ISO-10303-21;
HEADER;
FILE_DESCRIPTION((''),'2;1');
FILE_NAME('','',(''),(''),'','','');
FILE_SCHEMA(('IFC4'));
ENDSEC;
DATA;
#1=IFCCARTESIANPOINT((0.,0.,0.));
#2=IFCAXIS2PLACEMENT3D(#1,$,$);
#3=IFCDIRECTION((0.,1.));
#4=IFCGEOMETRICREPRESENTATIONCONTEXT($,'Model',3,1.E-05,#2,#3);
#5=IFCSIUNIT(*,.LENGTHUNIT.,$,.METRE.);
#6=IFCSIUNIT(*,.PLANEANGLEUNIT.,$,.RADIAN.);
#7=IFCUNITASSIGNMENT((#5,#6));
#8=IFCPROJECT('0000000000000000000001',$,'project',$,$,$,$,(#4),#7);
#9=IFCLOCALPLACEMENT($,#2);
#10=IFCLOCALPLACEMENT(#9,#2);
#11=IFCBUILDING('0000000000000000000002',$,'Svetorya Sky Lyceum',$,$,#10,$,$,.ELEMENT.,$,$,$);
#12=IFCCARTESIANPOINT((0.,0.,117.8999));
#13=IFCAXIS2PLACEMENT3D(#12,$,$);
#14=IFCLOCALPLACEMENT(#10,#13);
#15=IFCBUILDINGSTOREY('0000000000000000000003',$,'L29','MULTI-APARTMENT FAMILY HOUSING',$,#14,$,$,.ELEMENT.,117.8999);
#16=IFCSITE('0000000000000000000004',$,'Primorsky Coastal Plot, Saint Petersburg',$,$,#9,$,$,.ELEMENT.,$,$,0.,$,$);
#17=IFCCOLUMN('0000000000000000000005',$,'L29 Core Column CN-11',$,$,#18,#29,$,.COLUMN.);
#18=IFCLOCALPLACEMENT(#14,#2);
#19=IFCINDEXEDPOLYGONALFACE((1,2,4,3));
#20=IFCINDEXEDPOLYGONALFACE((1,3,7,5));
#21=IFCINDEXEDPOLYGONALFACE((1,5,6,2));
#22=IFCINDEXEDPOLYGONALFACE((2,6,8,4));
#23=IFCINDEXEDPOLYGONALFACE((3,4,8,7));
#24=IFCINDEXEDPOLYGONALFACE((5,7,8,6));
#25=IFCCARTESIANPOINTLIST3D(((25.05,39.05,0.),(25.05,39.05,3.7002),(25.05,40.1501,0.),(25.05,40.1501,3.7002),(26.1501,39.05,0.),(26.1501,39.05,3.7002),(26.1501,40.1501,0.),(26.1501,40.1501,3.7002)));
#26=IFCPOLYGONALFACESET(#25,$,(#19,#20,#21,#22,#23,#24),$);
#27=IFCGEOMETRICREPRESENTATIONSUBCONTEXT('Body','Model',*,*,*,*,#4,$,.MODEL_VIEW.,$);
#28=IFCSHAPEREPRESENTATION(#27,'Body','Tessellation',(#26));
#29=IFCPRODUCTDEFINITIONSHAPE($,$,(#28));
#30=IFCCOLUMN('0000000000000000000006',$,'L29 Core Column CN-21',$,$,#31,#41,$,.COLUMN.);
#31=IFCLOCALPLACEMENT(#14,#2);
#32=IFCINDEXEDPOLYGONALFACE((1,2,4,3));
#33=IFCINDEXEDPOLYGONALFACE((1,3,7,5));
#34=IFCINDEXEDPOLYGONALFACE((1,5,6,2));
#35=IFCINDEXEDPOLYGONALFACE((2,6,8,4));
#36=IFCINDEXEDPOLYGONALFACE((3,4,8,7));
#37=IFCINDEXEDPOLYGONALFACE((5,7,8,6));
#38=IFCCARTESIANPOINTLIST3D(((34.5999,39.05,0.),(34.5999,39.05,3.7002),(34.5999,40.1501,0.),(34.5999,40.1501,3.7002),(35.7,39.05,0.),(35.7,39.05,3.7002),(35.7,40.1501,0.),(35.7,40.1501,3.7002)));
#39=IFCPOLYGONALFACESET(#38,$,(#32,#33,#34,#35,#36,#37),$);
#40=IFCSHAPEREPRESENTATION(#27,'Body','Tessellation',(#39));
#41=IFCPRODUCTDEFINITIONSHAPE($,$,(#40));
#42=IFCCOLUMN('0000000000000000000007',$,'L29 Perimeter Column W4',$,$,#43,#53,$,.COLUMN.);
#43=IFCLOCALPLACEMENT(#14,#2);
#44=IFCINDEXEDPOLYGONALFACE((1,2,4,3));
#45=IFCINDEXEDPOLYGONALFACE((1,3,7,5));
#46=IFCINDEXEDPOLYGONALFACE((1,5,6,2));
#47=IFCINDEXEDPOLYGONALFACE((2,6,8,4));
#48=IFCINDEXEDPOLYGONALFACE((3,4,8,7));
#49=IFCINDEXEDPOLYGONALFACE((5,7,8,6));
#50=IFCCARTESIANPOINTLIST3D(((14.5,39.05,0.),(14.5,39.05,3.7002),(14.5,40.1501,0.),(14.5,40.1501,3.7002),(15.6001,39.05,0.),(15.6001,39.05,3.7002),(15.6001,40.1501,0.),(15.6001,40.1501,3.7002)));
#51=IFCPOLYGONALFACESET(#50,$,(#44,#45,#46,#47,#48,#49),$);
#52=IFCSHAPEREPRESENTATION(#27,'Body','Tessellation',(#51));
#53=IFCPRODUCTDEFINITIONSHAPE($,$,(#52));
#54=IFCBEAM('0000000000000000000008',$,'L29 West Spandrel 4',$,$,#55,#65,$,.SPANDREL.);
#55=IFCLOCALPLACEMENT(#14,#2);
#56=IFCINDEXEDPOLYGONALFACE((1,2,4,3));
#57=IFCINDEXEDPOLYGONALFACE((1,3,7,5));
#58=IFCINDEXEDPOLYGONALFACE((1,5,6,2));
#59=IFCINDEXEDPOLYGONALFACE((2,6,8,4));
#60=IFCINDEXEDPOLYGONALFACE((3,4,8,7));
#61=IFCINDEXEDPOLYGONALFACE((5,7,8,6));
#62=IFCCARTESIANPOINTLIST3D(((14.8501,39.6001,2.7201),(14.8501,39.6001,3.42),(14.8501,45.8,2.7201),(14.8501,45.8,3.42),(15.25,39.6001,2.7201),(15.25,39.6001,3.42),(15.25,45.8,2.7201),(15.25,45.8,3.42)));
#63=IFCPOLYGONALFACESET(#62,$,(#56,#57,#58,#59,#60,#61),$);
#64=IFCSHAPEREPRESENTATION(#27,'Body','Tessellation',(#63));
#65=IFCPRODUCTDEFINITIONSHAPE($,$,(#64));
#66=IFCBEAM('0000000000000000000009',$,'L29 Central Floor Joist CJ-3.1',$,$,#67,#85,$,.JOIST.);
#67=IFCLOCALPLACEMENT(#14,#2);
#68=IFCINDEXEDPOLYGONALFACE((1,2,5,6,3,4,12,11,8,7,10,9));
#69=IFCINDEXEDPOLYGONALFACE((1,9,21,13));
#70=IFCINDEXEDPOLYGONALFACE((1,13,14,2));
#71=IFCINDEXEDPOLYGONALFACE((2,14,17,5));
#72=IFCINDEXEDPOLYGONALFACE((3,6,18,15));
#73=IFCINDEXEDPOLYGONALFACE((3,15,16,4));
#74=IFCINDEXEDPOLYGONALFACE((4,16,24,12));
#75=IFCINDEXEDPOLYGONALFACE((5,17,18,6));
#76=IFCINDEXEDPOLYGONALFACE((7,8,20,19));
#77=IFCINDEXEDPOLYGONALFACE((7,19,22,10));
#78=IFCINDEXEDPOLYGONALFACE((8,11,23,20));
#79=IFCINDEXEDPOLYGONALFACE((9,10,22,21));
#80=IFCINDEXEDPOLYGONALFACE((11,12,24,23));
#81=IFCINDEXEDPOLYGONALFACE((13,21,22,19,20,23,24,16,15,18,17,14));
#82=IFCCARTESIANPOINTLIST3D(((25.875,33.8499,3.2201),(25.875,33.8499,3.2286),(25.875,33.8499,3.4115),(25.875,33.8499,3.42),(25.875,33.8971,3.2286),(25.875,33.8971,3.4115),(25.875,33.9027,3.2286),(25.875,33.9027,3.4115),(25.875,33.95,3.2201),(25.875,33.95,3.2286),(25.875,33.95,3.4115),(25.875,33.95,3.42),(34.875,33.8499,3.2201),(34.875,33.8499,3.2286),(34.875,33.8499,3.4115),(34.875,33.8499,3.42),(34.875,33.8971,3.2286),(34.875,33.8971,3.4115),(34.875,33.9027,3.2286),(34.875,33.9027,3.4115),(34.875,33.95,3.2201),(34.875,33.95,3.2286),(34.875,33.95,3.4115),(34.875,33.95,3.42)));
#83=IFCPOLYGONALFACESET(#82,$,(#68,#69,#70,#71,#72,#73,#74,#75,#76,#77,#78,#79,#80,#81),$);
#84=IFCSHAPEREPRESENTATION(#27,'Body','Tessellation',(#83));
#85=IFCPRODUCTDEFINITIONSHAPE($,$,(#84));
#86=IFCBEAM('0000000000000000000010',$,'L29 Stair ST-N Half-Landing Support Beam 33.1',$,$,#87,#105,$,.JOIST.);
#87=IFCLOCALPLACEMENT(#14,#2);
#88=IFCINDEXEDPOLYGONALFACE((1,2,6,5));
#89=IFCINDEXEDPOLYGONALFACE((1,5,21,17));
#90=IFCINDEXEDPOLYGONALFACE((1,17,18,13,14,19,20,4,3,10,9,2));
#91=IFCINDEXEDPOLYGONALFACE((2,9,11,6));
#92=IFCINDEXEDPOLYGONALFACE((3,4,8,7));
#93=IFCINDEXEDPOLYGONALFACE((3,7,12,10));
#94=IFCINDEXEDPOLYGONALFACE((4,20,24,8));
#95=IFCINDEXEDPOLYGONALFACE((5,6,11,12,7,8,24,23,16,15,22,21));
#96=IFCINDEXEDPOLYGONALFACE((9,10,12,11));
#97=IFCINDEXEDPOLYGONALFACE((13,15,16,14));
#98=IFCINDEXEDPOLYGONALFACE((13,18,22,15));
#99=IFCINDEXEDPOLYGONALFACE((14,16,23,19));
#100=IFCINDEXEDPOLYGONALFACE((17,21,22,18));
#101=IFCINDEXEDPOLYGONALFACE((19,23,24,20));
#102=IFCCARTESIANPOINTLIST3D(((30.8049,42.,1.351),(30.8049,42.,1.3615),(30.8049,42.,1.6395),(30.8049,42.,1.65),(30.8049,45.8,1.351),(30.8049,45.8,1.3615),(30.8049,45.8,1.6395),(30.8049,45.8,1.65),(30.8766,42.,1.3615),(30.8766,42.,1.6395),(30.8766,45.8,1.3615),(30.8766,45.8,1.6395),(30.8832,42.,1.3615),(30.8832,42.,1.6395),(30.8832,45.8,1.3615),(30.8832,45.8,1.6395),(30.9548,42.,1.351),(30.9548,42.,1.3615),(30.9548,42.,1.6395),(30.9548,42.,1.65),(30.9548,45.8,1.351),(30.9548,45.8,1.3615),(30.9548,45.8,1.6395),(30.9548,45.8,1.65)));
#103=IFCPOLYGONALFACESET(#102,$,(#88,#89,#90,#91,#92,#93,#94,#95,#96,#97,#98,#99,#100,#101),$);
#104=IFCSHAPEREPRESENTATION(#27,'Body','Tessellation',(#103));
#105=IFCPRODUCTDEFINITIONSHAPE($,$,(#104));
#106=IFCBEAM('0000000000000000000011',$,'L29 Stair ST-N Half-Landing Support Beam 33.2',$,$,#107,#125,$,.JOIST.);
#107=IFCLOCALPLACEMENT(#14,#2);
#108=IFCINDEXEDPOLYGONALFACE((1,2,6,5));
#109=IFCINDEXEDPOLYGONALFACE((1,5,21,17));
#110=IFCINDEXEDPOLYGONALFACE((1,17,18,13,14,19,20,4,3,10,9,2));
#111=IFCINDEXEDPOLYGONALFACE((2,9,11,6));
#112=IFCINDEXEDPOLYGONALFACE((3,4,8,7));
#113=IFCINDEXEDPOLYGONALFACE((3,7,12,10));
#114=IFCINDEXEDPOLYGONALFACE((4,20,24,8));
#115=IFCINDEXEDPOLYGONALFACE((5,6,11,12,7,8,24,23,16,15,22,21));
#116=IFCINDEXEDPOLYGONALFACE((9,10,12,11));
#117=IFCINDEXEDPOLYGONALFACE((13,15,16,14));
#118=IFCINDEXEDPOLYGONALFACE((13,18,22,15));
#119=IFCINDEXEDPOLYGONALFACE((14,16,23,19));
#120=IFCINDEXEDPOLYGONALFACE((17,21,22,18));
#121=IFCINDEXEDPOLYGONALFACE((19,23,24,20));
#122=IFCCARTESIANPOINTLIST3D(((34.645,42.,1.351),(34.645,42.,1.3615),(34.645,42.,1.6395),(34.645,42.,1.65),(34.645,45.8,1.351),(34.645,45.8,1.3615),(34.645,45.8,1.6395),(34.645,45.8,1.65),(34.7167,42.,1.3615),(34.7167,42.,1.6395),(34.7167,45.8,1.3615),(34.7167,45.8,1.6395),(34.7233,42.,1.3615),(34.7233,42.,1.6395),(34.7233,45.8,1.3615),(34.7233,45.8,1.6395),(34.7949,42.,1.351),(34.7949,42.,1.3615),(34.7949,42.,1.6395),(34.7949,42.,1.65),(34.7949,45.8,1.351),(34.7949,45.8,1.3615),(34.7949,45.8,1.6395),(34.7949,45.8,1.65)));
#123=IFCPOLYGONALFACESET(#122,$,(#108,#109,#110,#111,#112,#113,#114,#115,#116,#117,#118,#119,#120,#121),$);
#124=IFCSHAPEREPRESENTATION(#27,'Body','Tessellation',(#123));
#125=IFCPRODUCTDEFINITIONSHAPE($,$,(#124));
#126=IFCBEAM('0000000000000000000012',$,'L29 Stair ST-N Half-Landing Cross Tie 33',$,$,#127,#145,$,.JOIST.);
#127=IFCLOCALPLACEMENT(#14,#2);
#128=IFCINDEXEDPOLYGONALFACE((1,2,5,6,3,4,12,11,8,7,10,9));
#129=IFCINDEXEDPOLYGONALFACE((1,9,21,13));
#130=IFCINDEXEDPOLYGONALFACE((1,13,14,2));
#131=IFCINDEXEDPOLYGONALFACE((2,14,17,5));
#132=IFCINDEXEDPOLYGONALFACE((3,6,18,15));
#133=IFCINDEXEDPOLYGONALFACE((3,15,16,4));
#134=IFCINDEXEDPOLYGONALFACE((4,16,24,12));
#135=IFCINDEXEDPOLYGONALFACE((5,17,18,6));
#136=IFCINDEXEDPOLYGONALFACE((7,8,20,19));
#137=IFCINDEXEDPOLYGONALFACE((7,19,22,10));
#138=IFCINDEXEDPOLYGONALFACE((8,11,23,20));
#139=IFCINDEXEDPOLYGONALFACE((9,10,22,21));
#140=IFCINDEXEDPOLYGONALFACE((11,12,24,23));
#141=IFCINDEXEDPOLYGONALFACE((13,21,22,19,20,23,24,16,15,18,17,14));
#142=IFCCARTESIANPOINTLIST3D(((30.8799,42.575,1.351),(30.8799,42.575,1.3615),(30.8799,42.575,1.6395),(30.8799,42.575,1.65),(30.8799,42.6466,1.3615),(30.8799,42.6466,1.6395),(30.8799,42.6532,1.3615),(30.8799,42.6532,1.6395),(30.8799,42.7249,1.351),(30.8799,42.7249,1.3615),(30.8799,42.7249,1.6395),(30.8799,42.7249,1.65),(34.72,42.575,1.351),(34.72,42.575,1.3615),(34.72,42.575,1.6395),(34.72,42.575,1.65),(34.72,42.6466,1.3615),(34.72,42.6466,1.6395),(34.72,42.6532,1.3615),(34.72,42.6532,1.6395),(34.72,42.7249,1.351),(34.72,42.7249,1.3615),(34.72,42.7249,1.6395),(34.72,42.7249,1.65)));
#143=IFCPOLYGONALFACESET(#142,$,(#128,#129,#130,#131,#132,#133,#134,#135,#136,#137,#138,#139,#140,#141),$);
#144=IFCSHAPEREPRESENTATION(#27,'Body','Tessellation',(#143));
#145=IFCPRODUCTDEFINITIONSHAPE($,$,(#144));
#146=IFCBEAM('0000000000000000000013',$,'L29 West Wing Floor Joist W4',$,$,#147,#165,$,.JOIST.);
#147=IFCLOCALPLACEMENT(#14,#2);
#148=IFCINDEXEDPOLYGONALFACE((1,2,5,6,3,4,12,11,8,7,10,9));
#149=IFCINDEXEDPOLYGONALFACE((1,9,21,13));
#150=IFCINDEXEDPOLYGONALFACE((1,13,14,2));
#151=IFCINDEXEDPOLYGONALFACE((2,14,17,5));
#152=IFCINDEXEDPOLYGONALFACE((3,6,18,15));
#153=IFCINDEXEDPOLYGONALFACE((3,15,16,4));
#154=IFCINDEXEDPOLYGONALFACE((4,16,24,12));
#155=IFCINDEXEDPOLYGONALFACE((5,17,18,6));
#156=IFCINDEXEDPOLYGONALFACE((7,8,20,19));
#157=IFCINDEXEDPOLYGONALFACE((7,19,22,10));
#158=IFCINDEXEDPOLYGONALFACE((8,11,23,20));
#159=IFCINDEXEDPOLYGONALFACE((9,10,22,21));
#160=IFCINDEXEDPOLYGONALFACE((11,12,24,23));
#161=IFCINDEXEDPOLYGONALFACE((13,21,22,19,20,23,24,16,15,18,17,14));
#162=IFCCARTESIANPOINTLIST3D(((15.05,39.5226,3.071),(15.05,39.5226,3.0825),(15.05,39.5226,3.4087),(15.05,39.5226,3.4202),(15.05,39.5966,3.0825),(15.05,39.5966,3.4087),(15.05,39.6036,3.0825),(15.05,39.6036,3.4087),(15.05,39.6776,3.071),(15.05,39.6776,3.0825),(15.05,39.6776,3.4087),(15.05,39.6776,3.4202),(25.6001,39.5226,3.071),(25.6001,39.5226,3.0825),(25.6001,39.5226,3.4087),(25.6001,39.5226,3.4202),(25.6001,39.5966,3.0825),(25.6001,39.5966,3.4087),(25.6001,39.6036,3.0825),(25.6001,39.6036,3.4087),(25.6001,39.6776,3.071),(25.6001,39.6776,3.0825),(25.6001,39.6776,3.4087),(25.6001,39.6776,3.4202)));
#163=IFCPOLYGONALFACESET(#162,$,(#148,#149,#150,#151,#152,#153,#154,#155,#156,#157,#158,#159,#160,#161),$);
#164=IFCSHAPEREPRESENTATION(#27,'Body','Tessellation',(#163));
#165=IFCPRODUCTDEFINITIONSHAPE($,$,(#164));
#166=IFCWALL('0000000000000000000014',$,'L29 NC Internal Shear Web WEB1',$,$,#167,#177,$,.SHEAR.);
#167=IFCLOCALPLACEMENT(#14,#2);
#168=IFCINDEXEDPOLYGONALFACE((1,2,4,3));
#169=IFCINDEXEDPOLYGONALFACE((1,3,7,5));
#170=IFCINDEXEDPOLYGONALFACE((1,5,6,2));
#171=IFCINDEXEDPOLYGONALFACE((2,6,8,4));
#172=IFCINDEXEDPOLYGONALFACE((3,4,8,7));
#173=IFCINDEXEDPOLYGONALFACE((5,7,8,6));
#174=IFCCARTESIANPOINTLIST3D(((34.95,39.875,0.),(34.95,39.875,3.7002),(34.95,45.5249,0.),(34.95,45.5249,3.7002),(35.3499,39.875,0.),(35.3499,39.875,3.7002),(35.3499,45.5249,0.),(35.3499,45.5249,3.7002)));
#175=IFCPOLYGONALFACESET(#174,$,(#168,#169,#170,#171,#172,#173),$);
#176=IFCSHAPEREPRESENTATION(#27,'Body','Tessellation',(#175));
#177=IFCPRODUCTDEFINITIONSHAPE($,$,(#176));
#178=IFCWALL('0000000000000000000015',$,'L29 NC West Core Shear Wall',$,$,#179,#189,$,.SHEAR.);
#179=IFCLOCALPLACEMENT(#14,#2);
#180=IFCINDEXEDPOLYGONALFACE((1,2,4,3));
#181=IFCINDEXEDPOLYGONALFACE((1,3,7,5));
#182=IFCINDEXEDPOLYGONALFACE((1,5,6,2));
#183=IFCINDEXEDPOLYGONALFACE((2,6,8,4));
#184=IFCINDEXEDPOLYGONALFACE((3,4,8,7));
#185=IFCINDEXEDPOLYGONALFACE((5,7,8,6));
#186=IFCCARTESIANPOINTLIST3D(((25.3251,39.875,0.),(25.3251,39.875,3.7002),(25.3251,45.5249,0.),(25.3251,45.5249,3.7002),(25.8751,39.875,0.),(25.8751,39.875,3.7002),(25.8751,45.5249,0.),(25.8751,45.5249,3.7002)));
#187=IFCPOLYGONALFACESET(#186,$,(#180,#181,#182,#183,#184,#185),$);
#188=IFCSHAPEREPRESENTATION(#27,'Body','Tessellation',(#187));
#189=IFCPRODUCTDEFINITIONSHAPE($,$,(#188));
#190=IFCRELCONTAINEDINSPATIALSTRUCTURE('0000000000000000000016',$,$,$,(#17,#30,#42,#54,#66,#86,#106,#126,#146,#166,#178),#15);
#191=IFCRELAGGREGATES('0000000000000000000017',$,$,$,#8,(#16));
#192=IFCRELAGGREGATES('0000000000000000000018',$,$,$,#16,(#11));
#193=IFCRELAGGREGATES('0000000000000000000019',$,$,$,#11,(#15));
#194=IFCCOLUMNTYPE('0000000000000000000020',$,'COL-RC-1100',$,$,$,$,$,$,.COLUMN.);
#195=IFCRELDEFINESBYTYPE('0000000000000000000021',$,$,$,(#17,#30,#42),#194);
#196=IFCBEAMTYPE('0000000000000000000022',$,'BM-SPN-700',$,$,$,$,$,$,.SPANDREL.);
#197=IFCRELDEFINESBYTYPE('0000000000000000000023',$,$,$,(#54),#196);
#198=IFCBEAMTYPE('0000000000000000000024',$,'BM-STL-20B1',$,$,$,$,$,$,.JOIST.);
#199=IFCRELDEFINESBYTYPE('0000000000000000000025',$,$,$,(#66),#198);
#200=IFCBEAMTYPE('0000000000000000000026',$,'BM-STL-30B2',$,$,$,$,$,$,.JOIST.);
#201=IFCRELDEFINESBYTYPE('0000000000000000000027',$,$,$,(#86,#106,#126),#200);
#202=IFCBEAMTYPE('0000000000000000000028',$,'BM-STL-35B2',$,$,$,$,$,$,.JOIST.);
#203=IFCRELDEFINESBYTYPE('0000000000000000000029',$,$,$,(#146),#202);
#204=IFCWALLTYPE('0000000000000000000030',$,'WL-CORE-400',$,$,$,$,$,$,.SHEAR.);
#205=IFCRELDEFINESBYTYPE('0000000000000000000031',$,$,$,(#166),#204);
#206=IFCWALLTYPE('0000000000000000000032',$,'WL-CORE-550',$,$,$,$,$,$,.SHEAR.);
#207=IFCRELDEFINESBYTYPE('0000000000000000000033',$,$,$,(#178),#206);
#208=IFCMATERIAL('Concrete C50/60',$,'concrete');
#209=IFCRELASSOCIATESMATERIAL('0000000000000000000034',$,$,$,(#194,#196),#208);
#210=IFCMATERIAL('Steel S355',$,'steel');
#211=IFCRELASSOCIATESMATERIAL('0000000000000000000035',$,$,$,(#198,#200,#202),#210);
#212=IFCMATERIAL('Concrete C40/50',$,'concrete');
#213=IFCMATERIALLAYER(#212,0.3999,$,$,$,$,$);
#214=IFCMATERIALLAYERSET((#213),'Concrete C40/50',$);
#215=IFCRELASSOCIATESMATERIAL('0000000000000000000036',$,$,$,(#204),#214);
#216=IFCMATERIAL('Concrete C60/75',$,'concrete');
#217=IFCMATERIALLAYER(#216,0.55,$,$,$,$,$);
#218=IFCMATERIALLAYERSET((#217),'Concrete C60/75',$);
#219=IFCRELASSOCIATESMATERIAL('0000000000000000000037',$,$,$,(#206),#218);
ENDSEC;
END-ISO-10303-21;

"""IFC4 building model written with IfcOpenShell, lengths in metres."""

from ifc_helpers import new_model, si_unit, direction, frame, frame_2d, origin, origin_2d, place, context, subcontext, project, spatial, rectangle, i_section, extrude, material, layer, layer_set, material_profile, profile_set, type_object, element, save


model = new_model("IFC4")

# Units and contexts
model_context = context("Model", 3, precision=1e-05, world=origin(), true_north=direction((0.0, 1.0)))
body_context = subcontext(model_context, "Body", "Model", "MODEL_VIEW")
ifc_project = project(units=[si_unit("LENGTHUNIT", "METRE"), si_unit("PLANEANGLEUNIT", "RADIAN")], contexts=[model_context])

# Site, building, storey
site_placement = place(None, origin())
site = spatial("IfcSite", under=ifc_project, at=site_placement, Name="Primorsky Coastal Plot, Saint Petersburg", CompositionType="ELEMENT", RefElevation=0.0)
building_placement = place(site_placement, origin())
building = spatial("IfcBuilding", under=site, at=building_placement, Name="Svetorya Sky Lyceum", CompositionType="ELEMENT")
storey_placement = place(building_placement, frame((0.0, 0.0, 117.8999)))
storey = spatial("IfcBuildingStorey", under=building, at=storey_placement, Name="L29", Description="MULTI-APARTMENT FAMILY HOUSING", CompositionType="ELEMENT", Elevation=117.8999)

# Columns
ifc_material_1 = material(Name="Concrete C50/60", Category="concrete")
ifc_material_profile_1 = material_profile(ifc_material_1, rectangle(XDim=1.1001, YDim=1.1001, at=origin_2d()), Name="RC COL 1100x1100")
ifc_profile_set_1 = profile_set([ifc_material_profile_1], Name="Concrete C50/60")
column_type = type_object("IfcColumnType", Name="COL-RC-1100", PredefinedType="COLUMN", material=ifc_profile_set_1)
for number, where, z_axis, x_axis, name in (
    (1, (25.6001, 39.6001, 0.0), (0.0, 0.0, 1.0), (1.0, 0.0, 0.0), "L29 Core Column CN-11"),
    (2, (35.1499, 39.6001, 0.0), (0.0, 0.0, 1.0), (1.0, 0.0, 0.0), "L29 Core Column CN-21"),
    (3, (15.05, 39.6001, 0.0), (0.0, 0.0, 1.0), (1.0, 0.0, 0.0), "L29 Perimeter Column W4"),
):
    element("IfcColumn", number, at=place(storey_placement, frame(where, z_axis=z_axis, x_axis=x_axis)), inside=storey, type_object=column_type, Name=name, PredefinedType="COLUMN", context=body_context, shape_type="SweptSolid", body=[
        extrude(rectangle(XDim=1.1001, YDim=1.1001, at=origin_2d()), origin(), (0.0, 0.0, 1.0), 3.7002),
    ])

# Beams
ifc_material_profile_2 = material_profile(ifc_material_1, rectangle(XDim=0.3999, YDim=0.7, at=origin_2d()), Name="RC SPANDREL 400x700")
ifc_profile_set_2 = profile_set([ifc_material_profile_2], Name="Concrete C50/60")
beam_type_1 = type_object("IfcBeamType", Name="BM-SPN-700", PredefinedType="SPANDREL", material=ifc_profile_set_2)
beam_1_placement = place(storey_placement, frame((15.05, 39.6001, 3.0701), z_axis=(0.0, 1.0, 0.0), x_axis=(-1.0, 0.0, 0.0)))
element("IfcBeam", 4, at=beam_1_placement, inside=storey, type_object=beam_type_1, Name="L29 West Spandrel 4", PredefinedType="SPANDREL", context=body_context, shape_type="SweptSolid", body=[
    extrude(rectangle(XDim=0.3999, YDim=0.7, at=origin_2d()), origin(), (0.0, 0.0, 1.0), 6.2),
])
ifc_material_2 = material(Name="Steel S355", Category="steel")
ifc_material_profile_3 = material_profile(ifc_material_2, i_section(OverallWidth=0.1001, OverallDepth=0.2, WebThickness=0.0056, FlangeThickness=0.0085, at=origin_2d()), Name="GOST 20B1")
ifc_profile_set_3 = profile_set([ifc_material_profile_3], Name="Steel S355")
beam_type_2 = type_object("IfcBeamType", Name="BM-STL-20B1", PredefinedType="JOIST", material=ifc_profile_set_3)
beam_2_placement = place(storey_placement, frame((25.875, 33.8999, 3.3201), z_axis=(1.0, 0.0, 0.0), x_axis=(0.0, 1.0, 0.0)))
element("IfcBeam", 5, at=beam_2_placement, inside=storey, type_object=beam_type_2, Name="L29 Central Floor Joist CJ-3.1", PredefinedType="JOIST", context=body_context, shape_type="SweptSolid", body=[
    extrude(i_section(OverallWidth=0.1001, OverallDepth=0.2, WebThickness=0.0056, FlangeThickness=0.0085, at=origin_2d()), origin(), (0.0, 0.0, 1.0), 9.0),
])
ifc_material_profile_4 = material_profile(ifc_material_2, i_section(OverallWidth=0.1499, OverallDepth=0.2991, WebThickness=0.0066, FlangeThickness=0.0105, at=origin_2d()), Name="GOST 30B2")
ifc_profile_set_4 = profile_set([ifc_material_profile_4], Name="Steel S355")
beam_type_3 = type_object("IfcBeamType", Name="BM-STL-30B2", PredefinedType="JOIST", material=ifc_profile_set_4)
for number, where, z_axis, x_axis, name in (
    (6, (30.8799, 42.0, 1.5005), (0.0, 1.0, 0.0), (-1.0, 0.0, 0.0), "L29 Stair ST-N Half-Landing Support Beam 33.1"),
    (7, (34.72, 42.0, 1.5005), (0.0, 1.0, 0.0), (-1.0, 0.0, 0.0), "L29 Stair ST-N Half-Landing Support Beam 33.2"),
):
    element("IfcBeam", number, at=place(storey_placement, frame(where, z_axis=z_axis, x_axis=x_axis)), inside=storey, type_object=beam_type_3, Name=name, PredefinedType="JOIST", context=body_context, shape_type="SweptSolid", body=[
        extrude(i_section(OverallWidth=0.1499, OverallDepth=0.2991, WebThickness=0.0066, FlangeThickness=0.0105, at=origin_2d()), origin(), (0.0, 0.0, 1.0), 3.8),
    ])
beam_3_placement = place(storey_placement, frame((30.8799, 42.6499, 1.5005), z_axis=(1.0, 0.0, 0.0), x_axis=(0.0, 1.0, 0.0)))
element("IfcBeam", 8, at=beam_3_placement, inside=storey, type_object=beam_type_3, Name="L29 Stair ST-N Half-Landing Cross Tie 33", PredefinedType="JOIST", context=body_context, shape_type="SweptSolid", body=[
    extrude(i_section(OverallWidth=0.1499, OverallDepth=0.2991, WebThickness=0.0066, FlangeThickness=0.0105, at=origin_2d()), origin(), (0.0, 0.0, 1.0), 3.8401),
])
ifc_material_profile_5 = material_profile(ifc_material_2, i_section(OverallWidth=0.155, OverallDepth=0.3491, WebThickness=0.0071, FlangeThickness=0.0115, at=origin_2d()), Name="GOST 35B2")
ifc_profile_set_5 = profile_set([ifc_material_profile_5], Name="Steel S355")
beam_type_4 = type_object("IfcBeamType", Name="BM-STL-35B2", PredefinedType="JOIST", material=ifc_profile_set_5)
beam_4_placement = place(storey_placement, frame((15.05, 39.6001, 3.2456), z_axis=(1.0, 0.0, 0.0), x_axis=(0.0, 1.0, 0.0)))
element("IfcBeam", 9, at=beam_4_placement, inside=storey, type_object=beam_type_4, Name="L29 West Wing Floor Joist W4", PredefinedType="JOIST", context=body_context, shape_type="SweptSolid", body=[
    extrude(i_section(OverallWidth=0.155, OverallDepth=0.3491, WebThickness=0.0071, FlangeThickness=0.0115, at=origin_2d()), origin(), (0.0, 0.0, 1.0), 10.55),
])

# Walls
ifc_material_3 = material(Name="Concrete C40/50", Category="concrete")
ifc_layer_1 = layer(ifc_material_3, 0.3999)
ifc_layer_set_1 = layer_set([ifc_layer_1], Name="Concrete C40/50")
wall_type_1 = type_object("IfcWallType", Name="WL-CORE-400", PredefinedType="SHEAR", material=ifc_layer_set_1)
wall_1_placement = place(storey_placement, frame((35.1499, 39.875, 0.0), z_axis=(0.0, 0.0, 1.0), x_axis=(0.0, 1.0, 0.0)))
element("IfcWall", 10, at=wall_1_placement, inside=storey, type_object=wall_type_1, Name="L29 NC Internal Shear Web WEB1", PredefinedType="SHEAR", context=body_context, shape_type="SweptSolid", body=[
    extrude(rectangle(XDim=5.6499, YDim=0.3999, at=frame_2d((2.825, 0.0))), origin(), (0.0, 0.0, 1.0), 3.7002),
])
ifc_material_4 = material(Name="Concrete C60/75", Category="concrete")
ifc_layer_2 = layer(ifc_material_4, 0.55)
ifc_layer_set_2 = layer_set([ifc_layer_2], Name="Concrete C60/75")
wall_type_2 = type_object("IfcWallType", Name="WL-CORE-550", PredefinedType="SHEAR", material=ifc_layer_set_2)
wall_2_placement = place(storey_placement, frame((25.6001, 39.875, 0.0), z_axis=(0.0, 0.0, 1.0), x_axis=(0.0, 1.0, 0.0)))
element("IfcWall", 11, at=wall_2_placement, inside=storey, type_object=wall_type_2, Name="L29 NC West Core Shear Wall", PredefinedType="SHEAR", context=body_context, shape_type="SweptSolid", body=[
    extrude(rectangle(XDim=5.6499, YDim=0.55, at=frame_2d((2.825, 0.0))), origin(), (0.0, 0.0, 1.0), 3.7002),
])

save(model, "model.ifc")
